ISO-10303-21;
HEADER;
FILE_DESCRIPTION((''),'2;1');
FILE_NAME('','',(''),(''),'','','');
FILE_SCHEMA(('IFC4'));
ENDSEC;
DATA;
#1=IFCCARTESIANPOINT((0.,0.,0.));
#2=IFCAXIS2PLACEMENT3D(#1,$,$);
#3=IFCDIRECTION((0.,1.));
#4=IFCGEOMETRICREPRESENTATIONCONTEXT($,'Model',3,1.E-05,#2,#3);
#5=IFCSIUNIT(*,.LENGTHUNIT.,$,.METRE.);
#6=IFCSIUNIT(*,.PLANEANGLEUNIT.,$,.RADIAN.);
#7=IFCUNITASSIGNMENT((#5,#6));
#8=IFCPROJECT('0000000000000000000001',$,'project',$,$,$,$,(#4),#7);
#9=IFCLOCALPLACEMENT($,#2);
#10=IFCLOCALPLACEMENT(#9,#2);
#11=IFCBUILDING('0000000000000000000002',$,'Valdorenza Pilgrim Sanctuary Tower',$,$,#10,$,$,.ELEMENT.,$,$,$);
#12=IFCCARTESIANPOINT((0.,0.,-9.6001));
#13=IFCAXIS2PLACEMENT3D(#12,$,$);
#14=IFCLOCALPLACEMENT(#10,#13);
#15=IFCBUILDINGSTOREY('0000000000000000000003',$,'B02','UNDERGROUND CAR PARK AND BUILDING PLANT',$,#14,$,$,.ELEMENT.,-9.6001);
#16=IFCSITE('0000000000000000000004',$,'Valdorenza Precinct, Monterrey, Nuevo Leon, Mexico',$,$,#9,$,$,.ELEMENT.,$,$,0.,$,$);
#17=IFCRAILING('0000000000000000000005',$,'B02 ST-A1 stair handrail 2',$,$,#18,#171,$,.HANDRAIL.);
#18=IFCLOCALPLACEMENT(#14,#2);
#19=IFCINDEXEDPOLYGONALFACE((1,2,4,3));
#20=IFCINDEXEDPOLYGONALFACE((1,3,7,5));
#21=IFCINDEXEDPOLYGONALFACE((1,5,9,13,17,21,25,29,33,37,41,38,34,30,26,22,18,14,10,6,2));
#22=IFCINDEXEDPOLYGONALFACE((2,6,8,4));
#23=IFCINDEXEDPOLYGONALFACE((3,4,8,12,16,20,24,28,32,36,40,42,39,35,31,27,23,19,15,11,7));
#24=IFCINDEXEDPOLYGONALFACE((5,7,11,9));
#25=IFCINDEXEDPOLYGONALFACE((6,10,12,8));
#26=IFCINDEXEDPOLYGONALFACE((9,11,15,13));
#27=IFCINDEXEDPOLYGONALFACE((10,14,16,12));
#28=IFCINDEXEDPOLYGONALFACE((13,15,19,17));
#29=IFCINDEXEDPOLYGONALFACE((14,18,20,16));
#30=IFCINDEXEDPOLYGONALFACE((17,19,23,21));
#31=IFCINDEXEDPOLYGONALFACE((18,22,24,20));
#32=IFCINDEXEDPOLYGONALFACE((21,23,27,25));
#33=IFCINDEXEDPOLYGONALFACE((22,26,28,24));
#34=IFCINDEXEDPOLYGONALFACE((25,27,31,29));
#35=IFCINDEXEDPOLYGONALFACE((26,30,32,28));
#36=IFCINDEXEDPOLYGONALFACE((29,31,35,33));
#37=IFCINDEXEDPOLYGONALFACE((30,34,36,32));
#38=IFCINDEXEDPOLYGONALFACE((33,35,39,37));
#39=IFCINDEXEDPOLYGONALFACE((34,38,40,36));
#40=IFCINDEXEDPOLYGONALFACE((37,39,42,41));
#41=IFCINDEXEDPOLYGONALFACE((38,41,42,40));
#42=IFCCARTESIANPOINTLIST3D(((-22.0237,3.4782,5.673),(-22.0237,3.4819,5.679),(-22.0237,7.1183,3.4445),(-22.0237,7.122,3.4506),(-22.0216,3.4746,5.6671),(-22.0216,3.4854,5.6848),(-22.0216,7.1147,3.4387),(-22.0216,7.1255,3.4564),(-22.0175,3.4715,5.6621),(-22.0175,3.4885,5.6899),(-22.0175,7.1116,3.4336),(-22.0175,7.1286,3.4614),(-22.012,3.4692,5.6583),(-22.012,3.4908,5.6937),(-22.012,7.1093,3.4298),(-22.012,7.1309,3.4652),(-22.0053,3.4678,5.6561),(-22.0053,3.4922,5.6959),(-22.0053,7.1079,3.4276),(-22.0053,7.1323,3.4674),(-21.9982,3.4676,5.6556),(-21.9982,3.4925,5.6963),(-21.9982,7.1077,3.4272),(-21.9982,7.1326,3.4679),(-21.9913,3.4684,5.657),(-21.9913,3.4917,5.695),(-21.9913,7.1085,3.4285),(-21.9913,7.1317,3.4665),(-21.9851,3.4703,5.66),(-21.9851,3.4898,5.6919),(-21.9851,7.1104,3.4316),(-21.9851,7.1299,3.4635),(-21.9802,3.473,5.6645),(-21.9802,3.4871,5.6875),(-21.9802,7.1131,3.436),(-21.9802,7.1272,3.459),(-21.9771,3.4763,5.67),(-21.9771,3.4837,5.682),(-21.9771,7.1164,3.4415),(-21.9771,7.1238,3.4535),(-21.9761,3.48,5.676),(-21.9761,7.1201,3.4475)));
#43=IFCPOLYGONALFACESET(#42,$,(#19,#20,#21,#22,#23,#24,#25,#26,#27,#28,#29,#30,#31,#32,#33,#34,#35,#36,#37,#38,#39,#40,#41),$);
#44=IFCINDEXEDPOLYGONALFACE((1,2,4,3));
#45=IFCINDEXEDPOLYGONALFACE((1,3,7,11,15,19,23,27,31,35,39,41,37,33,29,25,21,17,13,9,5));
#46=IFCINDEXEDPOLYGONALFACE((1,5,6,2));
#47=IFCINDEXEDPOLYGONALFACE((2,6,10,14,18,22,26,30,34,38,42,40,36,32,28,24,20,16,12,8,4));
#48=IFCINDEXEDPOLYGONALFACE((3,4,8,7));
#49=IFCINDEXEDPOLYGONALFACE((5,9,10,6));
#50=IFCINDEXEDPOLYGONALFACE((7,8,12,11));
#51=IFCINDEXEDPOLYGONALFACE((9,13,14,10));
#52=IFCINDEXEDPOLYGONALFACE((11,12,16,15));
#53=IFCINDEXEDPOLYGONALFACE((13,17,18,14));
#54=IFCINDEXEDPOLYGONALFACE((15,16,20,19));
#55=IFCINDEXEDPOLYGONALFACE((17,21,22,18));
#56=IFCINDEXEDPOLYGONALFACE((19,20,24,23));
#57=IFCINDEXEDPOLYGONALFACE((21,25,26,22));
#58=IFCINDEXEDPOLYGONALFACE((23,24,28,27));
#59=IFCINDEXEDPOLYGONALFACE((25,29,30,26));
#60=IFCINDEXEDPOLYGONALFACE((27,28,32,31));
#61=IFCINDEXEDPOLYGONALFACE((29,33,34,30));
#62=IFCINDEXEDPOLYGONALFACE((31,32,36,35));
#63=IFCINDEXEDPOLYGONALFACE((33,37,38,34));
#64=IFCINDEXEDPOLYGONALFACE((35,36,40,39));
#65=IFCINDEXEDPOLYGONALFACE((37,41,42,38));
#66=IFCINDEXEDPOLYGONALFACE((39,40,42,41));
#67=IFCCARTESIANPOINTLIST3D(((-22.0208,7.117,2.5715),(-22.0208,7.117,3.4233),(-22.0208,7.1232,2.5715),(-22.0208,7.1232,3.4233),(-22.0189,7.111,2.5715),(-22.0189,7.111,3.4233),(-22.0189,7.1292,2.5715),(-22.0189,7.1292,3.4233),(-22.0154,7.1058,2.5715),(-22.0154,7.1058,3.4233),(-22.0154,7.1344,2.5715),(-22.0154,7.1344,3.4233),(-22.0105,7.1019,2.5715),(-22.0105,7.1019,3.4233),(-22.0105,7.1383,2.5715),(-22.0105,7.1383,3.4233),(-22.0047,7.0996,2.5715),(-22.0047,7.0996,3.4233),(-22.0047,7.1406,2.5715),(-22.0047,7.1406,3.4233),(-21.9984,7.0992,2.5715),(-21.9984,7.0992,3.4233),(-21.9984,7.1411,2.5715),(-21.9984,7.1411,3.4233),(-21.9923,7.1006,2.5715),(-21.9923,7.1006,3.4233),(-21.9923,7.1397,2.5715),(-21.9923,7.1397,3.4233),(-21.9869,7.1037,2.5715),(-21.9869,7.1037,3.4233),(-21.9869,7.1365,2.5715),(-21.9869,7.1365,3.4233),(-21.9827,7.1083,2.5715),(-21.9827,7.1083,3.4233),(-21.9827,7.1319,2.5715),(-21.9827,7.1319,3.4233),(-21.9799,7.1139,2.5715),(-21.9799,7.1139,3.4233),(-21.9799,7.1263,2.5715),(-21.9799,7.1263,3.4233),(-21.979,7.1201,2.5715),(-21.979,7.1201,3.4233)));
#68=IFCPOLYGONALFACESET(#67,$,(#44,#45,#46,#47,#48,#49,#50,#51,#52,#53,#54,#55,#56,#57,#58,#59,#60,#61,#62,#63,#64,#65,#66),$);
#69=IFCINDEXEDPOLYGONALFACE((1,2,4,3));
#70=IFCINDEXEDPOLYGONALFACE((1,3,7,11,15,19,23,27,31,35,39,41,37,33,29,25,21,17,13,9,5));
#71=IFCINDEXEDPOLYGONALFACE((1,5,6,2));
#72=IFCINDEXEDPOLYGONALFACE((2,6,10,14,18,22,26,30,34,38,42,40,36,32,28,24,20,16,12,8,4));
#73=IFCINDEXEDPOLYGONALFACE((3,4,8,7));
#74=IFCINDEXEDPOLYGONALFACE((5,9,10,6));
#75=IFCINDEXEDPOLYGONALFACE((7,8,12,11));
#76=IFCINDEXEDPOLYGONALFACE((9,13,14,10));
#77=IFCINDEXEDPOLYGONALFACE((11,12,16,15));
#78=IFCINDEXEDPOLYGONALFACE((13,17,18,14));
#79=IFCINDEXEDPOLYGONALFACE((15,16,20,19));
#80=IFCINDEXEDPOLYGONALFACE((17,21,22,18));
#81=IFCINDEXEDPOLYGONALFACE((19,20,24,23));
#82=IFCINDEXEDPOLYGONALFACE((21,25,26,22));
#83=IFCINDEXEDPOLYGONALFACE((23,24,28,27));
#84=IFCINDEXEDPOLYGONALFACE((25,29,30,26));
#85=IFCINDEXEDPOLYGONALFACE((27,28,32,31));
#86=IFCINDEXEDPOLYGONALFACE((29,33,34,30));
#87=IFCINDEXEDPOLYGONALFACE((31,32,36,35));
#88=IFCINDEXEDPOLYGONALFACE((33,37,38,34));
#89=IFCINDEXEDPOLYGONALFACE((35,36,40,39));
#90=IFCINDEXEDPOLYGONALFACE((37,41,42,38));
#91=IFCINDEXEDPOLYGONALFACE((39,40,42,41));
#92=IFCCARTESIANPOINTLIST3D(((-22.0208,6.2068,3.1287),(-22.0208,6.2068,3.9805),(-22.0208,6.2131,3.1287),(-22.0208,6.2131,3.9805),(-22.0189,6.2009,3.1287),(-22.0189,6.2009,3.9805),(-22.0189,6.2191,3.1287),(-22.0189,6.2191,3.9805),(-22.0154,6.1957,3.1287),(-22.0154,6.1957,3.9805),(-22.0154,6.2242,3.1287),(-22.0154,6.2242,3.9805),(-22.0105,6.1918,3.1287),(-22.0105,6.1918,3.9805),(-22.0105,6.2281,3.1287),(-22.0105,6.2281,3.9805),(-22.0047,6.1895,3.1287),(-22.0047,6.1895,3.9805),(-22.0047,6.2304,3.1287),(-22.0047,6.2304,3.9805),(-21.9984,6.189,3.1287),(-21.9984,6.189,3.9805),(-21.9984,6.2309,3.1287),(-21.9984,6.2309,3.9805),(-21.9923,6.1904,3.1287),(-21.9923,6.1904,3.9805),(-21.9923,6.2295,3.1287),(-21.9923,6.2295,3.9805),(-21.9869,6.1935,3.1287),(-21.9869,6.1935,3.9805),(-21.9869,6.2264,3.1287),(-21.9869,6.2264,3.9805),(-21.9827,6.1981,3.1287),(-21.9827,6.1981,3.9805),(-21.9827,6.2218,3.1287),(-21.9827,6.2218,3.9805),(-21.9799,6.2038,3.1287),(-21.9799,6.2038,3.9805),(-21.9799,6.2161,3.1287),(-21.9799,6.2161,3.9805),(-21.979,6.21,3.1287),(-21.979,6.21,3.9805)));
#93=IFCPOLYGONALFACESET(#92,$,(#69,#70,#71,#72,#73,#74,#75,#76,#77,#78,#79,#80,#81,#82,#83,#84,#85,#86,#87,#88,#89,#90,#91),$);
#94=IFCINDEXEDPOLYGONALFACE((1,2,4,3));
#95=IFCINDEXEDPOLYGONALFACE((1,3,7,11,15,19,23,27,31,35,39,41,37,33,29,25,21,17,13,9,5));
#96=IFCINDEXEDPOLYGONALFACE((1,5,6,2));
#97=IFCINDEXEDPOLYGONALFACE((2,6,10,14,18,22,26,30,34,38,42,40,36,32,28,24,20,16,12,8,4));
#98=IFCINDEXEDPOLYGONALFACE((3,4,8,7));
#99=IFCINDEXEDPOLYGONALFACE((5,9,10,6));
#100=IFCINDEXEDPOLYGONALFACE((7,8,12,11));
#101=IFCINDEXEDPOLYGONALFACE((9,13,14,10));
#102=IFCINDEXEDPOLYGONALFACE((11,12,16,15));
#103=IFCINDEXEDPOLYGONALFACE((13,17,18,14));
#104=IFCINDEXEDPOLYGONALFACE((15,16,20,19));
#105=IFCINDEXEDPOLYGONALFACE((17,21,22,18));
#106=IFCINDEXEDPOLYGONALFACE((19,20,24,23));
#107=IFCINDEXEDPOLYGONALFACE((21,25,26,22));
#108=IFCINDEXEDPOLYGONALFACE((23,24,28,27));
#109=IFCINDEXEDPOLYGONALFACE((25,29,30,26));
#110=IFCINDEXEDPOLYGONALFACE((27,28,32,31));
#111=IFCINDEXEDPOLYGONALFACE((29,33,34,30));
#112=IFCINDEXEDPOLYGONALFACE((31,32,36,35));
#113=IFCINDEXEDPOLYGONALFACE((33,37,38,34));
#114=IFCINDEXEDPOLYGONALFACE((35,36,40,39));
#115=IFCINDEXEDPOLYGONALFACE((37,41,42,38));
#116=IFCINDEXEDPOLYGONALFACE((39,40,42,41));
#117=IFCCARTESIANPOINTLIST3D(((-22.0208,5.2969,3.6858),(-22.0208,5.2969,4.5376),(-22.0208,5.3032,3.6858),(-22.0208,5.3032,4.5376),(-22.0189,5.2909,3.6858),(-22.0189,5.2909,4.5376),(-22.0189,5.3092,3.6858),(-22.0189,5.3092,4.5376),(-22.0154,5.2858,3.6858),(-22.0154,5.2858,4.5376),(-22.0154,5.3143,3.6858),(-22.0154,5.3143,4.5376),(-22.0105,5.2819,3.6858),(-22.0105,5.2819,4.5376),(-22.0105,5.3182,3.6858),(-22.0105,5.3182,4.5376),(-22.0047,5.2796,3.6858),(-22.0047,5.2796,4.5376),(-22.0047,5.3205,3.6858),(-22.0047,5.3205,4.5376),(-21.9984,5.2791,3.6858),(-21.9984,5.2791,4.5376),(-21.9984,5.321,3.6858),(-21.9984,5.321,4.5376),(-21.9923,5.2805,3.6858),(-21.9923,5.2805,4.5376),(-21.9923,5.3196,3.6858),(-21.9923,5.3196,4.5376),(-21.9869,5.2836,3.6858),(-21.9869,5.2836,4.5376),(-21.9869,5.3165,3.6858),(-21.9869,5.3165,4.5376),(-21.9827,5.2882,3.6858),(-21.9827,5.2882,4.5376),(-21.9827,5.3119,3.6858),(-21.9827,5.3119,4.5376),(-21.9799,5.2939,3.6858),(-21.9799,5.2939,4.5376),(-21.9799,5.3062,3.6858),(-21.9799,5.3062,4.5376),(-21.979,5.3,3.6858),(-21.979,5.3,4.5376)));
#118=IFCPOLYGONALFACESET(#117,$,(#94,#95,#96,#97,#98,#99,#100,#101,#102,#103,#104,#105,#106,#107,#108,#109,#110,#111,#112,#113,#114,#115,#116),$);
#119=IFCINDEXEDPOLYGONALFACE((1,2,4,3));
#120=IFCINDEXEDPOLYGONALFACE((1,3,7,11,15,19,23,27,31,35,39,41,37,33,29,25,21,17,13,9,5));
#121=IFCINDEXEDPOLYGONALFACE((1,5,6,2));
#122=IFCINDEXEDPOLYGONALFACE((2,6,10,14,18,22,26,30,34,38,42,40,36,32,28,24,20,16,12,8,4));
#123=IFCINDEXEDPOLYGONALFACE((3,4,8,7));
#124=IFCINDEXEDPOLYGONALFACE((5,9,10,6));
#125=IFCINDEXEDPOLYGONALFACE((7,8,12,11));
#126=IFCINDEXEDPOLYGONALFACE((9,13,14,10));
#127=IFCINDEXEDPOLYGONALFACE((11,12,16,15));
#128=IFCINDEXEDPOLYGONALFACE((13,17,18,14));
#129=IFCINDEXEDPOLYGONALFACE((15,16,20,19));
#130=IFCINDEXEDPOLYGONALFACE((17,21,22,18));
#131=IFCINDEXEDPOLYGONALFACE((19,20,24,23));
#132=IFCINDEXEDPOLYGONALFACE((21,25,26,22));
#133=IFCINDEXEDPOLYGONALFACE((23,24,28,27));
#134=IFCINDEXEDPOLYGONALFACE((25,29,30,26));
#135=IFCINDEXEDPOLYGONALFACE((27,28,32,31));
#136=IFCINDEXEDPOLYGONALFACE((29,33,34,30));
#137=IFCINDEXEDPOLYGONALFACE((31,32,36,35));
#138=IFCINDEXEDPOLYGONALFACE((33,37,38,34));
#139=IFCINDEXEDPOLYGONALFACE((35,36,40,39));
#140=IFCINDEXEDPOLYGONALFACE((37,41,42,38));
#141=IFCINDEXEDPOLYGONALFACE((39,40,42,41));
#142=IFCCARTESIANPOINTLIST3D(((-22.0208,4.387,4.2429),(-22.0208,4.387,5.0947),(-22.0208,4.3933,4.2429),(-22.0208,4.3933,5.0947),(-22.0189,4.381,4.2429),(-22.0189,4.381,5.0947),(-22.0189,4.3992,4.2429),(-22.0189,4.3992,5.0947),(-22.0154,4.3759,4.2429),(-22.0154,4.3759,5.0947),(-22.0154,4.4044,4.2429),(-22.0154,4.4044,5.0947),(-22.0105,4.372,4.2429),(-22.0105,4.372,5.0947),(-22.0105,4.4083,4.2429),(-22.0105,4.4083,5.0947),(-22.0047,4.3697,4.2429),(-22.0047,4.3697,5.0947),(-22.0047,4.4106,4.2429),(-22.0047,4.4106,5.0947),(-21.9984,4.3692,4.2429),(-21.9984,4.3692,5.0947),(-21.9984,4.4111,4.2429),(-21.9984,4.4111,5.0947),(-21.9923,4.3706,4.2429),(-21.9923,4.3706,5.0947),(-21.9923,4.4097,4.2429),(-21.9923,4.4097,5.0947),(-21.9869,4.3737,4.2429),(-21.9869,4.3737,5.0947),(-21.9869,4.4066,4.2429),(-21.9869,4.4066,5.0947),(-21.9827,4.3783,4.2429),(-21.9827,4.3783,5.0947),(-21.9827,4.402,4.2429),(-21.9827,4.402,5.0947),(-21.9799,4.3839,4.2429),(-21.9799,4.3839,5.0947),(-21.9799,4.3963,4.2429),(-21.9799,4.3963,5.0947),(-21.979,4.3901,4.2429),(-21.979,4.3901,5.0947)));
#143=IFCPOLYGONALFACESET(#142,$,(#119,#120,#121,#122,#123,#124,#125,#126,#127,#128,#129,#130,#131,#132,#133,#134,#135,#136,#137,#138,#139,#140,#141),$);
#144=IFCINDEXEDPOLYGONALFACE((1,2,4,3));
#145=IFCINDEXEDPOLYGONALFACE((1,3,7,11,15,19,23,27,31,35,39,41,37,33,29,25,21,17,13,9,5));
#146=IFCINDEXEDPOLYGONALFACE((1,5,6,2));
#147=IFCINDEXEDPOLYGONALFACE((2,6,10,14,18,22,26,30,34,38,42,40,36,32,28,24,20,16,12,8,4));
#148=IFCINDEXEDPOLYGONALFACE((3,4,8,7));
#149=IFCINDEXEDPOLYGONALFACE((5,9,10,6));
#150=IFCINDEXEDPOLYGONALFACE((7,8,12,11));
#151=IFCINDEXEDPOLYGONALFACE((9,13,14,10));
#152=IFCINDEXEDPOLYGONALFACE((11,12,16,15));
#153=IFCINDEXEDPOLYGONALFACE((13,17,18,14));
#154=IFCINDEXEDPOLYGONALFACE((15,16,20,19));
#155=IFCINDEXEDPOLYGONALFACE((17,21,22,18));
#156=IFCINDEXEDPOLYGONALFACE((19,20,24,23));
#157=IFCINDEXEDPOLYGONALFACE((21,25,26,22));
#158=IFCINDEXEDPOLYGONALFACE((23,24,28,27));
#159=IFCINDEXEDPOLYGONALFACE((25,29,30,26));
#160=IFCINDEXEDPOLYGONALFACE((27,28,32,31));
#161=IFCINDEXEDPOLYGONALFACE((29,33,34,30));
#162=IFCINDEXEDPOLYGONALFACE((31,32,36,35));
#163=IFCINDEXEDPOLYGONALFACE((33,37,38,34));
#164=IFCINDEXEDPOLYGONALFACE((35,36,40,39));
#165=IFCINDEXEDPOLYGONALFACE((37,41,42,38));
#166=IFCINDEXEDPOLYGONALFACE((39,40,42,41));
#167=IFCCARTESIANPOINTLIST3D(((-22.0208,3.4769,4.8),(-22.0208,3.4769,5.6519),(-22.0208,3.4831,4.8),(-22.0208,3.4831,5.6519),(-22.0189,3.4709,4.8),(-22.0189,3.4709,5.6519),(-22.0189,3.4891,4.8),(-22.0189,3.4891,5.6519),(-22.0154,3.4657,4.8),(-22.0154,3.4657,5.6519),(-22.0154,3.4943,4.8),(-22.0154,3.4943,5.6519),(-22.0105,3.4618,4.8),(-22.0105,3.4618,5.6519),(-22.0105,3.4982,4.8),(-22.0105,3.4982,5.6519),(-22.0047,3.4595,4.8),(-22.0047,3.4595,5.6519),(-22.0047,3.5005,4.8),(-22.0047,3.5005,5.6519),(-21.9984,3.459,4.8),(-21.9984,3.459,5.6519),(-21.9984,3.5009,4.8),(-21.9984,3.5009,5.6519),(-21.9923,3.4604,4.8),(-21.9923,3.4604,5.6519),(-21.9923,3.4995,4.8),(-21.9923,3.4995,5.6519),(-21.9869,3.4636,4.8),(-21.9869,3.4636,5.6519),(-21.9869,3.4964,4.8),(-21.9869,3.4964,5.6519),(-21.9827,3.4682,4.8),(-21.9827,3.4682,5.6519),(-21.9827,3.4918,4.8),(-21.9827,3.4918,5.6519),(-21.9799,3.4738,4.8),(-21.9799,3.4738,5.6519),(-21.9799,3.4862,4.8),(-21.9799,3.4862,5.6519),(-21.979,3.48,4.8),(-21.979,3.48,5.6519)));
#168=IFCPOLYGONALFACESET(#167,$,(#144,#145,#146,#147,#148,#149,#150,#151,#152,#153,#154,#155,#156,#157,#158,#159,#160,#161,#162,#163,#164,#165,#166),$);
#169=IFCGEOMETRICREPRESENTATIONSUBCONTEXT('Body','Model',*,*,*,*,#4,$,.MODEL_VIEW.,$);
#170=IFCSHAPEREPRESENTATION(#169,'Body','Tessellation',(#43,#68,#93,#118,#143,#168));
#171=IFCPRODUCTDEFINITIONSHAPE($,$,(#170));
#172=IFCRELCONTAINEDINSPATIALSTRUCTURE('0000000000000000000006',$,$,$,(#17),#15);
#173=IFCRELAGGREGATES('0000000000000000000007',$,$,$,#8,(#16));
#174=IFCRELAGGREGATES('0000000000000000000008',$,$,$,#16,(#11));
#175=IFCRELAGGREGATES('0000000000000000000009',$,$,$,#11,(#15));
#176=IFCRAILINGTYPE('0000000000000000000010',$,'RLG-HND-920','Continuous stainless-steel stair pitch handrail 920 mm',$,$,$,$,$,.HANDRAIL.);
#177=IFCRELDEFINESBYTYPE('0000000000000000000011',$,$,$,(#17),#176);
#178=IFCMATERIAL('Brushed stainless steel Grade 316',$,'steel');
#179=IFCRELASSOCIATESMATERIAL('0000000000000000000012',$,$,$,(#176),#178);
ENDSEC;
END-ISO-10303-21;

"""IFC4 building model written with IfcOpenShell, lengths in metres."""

from ifc_helpers import new_model, si_unit, direction, frame, origin, origin_2d, place, context, subcontext, project, spatial, circle, extrude, material, type_object, element, save


model = new_model("IFC4")

# Units and contexts
model_context = context("Model", 3, precision=1e-05, world=origin(), true_north=direction((0.0, 1.0)))
body_context = subcontext(model_context, "Body", "Model", "MODEL_VIEW")
ifc_project = project(units=[si_unit("LENGTHUNIT", "METRE"), si_unit("PLANEANGLEUNIT", "RADIAN")], contexts=[model_context])

# Site, building, storey
site_placement = place(None, origin())
site = spatial("IfcSite", under=ifc_project, at=site_placement, Name="Valdorenza Precinct, Monterrey, Nuevo Leon, Mexico", CompositionType="ELEMENT", RefElevation=0.0)
building_placement = place(site_placement, origin())
building = spatial("IfcBuilding", under=site, at=building_placement, Name="Valdorenza Pilgrim Sanctuary Tower", CompositionType="ELEMENT")
storey_placement = place(building_placement, frame((0.0, 0.0, -9.6001)))
storey = spatial("IfcBuildingStorey", under=building, at=storey_placement, Name="B02", Description="UNDERGROUND CAR PARK AND BUILDING PLANT", CompositionType="ELEMENT", Elevation=-9.6001)

# Railing
ifc_material_1 = material(Name="Brushed stainless steel Grade 316", Category="steel")
railing_type_1 = type_object("IfcRailingType", Name="RLG-HND-920", Description="Continuous stainless-steel stair pitch handrail 920 mm", PredefinedType="HANDRAIL", material=ifc_material_1)
railing_1_placement = place(storey_placement, frame((-22.0, 7.1201, 2.5715)))
element("IfcRailing", 1, at=railing_1_placement, inside=storey, type_object=railing_type_1, Name="B02 ST-A1 stair handrail 2", PredefinedType="HANDRAIL", context=body_context, shape_type="SweptSolid", body=[
    extrude(circle(Radius=0.0239, at=origin_2d()), frame((0.0, 0.0, 0.876), z_axis=(0.0, -0.852866, 0.52213), x_axis=(1.0, 0.0, 0.0)), (0.0, 0.0, 1.0), 4.2681),
    extrude(circle(Radius=0.021, at=origin_2d()), origin(), (0.0, 0.0, 1.0), 0.8518),
    extrude(circle(Radius=0.021, at=origin_2d()), frame((0.0, -0.9102, 0.5571)), (0.0, 0.0, 1.0), 0.8518),
    extrude(circle(Radius=0.021, at=origin_2d()), frame((0.0, -1.8201, 1.1143)), (0.0, 0.0, 1.0), 0.8518),
    extrude(circle(Radius=0.021, at=origin_2d()), frame((0.0, -2.73, 1.6714)), (0.0, 0.0, 1.0), 0.8518),
    extrude(circle(Radius=0.021, at=origin_2d()), frame((0.0, -3.6401, 2.2285)), (0.0, 0.0, 1.0), 0.8518),
])

save(model, "model.ifc")
